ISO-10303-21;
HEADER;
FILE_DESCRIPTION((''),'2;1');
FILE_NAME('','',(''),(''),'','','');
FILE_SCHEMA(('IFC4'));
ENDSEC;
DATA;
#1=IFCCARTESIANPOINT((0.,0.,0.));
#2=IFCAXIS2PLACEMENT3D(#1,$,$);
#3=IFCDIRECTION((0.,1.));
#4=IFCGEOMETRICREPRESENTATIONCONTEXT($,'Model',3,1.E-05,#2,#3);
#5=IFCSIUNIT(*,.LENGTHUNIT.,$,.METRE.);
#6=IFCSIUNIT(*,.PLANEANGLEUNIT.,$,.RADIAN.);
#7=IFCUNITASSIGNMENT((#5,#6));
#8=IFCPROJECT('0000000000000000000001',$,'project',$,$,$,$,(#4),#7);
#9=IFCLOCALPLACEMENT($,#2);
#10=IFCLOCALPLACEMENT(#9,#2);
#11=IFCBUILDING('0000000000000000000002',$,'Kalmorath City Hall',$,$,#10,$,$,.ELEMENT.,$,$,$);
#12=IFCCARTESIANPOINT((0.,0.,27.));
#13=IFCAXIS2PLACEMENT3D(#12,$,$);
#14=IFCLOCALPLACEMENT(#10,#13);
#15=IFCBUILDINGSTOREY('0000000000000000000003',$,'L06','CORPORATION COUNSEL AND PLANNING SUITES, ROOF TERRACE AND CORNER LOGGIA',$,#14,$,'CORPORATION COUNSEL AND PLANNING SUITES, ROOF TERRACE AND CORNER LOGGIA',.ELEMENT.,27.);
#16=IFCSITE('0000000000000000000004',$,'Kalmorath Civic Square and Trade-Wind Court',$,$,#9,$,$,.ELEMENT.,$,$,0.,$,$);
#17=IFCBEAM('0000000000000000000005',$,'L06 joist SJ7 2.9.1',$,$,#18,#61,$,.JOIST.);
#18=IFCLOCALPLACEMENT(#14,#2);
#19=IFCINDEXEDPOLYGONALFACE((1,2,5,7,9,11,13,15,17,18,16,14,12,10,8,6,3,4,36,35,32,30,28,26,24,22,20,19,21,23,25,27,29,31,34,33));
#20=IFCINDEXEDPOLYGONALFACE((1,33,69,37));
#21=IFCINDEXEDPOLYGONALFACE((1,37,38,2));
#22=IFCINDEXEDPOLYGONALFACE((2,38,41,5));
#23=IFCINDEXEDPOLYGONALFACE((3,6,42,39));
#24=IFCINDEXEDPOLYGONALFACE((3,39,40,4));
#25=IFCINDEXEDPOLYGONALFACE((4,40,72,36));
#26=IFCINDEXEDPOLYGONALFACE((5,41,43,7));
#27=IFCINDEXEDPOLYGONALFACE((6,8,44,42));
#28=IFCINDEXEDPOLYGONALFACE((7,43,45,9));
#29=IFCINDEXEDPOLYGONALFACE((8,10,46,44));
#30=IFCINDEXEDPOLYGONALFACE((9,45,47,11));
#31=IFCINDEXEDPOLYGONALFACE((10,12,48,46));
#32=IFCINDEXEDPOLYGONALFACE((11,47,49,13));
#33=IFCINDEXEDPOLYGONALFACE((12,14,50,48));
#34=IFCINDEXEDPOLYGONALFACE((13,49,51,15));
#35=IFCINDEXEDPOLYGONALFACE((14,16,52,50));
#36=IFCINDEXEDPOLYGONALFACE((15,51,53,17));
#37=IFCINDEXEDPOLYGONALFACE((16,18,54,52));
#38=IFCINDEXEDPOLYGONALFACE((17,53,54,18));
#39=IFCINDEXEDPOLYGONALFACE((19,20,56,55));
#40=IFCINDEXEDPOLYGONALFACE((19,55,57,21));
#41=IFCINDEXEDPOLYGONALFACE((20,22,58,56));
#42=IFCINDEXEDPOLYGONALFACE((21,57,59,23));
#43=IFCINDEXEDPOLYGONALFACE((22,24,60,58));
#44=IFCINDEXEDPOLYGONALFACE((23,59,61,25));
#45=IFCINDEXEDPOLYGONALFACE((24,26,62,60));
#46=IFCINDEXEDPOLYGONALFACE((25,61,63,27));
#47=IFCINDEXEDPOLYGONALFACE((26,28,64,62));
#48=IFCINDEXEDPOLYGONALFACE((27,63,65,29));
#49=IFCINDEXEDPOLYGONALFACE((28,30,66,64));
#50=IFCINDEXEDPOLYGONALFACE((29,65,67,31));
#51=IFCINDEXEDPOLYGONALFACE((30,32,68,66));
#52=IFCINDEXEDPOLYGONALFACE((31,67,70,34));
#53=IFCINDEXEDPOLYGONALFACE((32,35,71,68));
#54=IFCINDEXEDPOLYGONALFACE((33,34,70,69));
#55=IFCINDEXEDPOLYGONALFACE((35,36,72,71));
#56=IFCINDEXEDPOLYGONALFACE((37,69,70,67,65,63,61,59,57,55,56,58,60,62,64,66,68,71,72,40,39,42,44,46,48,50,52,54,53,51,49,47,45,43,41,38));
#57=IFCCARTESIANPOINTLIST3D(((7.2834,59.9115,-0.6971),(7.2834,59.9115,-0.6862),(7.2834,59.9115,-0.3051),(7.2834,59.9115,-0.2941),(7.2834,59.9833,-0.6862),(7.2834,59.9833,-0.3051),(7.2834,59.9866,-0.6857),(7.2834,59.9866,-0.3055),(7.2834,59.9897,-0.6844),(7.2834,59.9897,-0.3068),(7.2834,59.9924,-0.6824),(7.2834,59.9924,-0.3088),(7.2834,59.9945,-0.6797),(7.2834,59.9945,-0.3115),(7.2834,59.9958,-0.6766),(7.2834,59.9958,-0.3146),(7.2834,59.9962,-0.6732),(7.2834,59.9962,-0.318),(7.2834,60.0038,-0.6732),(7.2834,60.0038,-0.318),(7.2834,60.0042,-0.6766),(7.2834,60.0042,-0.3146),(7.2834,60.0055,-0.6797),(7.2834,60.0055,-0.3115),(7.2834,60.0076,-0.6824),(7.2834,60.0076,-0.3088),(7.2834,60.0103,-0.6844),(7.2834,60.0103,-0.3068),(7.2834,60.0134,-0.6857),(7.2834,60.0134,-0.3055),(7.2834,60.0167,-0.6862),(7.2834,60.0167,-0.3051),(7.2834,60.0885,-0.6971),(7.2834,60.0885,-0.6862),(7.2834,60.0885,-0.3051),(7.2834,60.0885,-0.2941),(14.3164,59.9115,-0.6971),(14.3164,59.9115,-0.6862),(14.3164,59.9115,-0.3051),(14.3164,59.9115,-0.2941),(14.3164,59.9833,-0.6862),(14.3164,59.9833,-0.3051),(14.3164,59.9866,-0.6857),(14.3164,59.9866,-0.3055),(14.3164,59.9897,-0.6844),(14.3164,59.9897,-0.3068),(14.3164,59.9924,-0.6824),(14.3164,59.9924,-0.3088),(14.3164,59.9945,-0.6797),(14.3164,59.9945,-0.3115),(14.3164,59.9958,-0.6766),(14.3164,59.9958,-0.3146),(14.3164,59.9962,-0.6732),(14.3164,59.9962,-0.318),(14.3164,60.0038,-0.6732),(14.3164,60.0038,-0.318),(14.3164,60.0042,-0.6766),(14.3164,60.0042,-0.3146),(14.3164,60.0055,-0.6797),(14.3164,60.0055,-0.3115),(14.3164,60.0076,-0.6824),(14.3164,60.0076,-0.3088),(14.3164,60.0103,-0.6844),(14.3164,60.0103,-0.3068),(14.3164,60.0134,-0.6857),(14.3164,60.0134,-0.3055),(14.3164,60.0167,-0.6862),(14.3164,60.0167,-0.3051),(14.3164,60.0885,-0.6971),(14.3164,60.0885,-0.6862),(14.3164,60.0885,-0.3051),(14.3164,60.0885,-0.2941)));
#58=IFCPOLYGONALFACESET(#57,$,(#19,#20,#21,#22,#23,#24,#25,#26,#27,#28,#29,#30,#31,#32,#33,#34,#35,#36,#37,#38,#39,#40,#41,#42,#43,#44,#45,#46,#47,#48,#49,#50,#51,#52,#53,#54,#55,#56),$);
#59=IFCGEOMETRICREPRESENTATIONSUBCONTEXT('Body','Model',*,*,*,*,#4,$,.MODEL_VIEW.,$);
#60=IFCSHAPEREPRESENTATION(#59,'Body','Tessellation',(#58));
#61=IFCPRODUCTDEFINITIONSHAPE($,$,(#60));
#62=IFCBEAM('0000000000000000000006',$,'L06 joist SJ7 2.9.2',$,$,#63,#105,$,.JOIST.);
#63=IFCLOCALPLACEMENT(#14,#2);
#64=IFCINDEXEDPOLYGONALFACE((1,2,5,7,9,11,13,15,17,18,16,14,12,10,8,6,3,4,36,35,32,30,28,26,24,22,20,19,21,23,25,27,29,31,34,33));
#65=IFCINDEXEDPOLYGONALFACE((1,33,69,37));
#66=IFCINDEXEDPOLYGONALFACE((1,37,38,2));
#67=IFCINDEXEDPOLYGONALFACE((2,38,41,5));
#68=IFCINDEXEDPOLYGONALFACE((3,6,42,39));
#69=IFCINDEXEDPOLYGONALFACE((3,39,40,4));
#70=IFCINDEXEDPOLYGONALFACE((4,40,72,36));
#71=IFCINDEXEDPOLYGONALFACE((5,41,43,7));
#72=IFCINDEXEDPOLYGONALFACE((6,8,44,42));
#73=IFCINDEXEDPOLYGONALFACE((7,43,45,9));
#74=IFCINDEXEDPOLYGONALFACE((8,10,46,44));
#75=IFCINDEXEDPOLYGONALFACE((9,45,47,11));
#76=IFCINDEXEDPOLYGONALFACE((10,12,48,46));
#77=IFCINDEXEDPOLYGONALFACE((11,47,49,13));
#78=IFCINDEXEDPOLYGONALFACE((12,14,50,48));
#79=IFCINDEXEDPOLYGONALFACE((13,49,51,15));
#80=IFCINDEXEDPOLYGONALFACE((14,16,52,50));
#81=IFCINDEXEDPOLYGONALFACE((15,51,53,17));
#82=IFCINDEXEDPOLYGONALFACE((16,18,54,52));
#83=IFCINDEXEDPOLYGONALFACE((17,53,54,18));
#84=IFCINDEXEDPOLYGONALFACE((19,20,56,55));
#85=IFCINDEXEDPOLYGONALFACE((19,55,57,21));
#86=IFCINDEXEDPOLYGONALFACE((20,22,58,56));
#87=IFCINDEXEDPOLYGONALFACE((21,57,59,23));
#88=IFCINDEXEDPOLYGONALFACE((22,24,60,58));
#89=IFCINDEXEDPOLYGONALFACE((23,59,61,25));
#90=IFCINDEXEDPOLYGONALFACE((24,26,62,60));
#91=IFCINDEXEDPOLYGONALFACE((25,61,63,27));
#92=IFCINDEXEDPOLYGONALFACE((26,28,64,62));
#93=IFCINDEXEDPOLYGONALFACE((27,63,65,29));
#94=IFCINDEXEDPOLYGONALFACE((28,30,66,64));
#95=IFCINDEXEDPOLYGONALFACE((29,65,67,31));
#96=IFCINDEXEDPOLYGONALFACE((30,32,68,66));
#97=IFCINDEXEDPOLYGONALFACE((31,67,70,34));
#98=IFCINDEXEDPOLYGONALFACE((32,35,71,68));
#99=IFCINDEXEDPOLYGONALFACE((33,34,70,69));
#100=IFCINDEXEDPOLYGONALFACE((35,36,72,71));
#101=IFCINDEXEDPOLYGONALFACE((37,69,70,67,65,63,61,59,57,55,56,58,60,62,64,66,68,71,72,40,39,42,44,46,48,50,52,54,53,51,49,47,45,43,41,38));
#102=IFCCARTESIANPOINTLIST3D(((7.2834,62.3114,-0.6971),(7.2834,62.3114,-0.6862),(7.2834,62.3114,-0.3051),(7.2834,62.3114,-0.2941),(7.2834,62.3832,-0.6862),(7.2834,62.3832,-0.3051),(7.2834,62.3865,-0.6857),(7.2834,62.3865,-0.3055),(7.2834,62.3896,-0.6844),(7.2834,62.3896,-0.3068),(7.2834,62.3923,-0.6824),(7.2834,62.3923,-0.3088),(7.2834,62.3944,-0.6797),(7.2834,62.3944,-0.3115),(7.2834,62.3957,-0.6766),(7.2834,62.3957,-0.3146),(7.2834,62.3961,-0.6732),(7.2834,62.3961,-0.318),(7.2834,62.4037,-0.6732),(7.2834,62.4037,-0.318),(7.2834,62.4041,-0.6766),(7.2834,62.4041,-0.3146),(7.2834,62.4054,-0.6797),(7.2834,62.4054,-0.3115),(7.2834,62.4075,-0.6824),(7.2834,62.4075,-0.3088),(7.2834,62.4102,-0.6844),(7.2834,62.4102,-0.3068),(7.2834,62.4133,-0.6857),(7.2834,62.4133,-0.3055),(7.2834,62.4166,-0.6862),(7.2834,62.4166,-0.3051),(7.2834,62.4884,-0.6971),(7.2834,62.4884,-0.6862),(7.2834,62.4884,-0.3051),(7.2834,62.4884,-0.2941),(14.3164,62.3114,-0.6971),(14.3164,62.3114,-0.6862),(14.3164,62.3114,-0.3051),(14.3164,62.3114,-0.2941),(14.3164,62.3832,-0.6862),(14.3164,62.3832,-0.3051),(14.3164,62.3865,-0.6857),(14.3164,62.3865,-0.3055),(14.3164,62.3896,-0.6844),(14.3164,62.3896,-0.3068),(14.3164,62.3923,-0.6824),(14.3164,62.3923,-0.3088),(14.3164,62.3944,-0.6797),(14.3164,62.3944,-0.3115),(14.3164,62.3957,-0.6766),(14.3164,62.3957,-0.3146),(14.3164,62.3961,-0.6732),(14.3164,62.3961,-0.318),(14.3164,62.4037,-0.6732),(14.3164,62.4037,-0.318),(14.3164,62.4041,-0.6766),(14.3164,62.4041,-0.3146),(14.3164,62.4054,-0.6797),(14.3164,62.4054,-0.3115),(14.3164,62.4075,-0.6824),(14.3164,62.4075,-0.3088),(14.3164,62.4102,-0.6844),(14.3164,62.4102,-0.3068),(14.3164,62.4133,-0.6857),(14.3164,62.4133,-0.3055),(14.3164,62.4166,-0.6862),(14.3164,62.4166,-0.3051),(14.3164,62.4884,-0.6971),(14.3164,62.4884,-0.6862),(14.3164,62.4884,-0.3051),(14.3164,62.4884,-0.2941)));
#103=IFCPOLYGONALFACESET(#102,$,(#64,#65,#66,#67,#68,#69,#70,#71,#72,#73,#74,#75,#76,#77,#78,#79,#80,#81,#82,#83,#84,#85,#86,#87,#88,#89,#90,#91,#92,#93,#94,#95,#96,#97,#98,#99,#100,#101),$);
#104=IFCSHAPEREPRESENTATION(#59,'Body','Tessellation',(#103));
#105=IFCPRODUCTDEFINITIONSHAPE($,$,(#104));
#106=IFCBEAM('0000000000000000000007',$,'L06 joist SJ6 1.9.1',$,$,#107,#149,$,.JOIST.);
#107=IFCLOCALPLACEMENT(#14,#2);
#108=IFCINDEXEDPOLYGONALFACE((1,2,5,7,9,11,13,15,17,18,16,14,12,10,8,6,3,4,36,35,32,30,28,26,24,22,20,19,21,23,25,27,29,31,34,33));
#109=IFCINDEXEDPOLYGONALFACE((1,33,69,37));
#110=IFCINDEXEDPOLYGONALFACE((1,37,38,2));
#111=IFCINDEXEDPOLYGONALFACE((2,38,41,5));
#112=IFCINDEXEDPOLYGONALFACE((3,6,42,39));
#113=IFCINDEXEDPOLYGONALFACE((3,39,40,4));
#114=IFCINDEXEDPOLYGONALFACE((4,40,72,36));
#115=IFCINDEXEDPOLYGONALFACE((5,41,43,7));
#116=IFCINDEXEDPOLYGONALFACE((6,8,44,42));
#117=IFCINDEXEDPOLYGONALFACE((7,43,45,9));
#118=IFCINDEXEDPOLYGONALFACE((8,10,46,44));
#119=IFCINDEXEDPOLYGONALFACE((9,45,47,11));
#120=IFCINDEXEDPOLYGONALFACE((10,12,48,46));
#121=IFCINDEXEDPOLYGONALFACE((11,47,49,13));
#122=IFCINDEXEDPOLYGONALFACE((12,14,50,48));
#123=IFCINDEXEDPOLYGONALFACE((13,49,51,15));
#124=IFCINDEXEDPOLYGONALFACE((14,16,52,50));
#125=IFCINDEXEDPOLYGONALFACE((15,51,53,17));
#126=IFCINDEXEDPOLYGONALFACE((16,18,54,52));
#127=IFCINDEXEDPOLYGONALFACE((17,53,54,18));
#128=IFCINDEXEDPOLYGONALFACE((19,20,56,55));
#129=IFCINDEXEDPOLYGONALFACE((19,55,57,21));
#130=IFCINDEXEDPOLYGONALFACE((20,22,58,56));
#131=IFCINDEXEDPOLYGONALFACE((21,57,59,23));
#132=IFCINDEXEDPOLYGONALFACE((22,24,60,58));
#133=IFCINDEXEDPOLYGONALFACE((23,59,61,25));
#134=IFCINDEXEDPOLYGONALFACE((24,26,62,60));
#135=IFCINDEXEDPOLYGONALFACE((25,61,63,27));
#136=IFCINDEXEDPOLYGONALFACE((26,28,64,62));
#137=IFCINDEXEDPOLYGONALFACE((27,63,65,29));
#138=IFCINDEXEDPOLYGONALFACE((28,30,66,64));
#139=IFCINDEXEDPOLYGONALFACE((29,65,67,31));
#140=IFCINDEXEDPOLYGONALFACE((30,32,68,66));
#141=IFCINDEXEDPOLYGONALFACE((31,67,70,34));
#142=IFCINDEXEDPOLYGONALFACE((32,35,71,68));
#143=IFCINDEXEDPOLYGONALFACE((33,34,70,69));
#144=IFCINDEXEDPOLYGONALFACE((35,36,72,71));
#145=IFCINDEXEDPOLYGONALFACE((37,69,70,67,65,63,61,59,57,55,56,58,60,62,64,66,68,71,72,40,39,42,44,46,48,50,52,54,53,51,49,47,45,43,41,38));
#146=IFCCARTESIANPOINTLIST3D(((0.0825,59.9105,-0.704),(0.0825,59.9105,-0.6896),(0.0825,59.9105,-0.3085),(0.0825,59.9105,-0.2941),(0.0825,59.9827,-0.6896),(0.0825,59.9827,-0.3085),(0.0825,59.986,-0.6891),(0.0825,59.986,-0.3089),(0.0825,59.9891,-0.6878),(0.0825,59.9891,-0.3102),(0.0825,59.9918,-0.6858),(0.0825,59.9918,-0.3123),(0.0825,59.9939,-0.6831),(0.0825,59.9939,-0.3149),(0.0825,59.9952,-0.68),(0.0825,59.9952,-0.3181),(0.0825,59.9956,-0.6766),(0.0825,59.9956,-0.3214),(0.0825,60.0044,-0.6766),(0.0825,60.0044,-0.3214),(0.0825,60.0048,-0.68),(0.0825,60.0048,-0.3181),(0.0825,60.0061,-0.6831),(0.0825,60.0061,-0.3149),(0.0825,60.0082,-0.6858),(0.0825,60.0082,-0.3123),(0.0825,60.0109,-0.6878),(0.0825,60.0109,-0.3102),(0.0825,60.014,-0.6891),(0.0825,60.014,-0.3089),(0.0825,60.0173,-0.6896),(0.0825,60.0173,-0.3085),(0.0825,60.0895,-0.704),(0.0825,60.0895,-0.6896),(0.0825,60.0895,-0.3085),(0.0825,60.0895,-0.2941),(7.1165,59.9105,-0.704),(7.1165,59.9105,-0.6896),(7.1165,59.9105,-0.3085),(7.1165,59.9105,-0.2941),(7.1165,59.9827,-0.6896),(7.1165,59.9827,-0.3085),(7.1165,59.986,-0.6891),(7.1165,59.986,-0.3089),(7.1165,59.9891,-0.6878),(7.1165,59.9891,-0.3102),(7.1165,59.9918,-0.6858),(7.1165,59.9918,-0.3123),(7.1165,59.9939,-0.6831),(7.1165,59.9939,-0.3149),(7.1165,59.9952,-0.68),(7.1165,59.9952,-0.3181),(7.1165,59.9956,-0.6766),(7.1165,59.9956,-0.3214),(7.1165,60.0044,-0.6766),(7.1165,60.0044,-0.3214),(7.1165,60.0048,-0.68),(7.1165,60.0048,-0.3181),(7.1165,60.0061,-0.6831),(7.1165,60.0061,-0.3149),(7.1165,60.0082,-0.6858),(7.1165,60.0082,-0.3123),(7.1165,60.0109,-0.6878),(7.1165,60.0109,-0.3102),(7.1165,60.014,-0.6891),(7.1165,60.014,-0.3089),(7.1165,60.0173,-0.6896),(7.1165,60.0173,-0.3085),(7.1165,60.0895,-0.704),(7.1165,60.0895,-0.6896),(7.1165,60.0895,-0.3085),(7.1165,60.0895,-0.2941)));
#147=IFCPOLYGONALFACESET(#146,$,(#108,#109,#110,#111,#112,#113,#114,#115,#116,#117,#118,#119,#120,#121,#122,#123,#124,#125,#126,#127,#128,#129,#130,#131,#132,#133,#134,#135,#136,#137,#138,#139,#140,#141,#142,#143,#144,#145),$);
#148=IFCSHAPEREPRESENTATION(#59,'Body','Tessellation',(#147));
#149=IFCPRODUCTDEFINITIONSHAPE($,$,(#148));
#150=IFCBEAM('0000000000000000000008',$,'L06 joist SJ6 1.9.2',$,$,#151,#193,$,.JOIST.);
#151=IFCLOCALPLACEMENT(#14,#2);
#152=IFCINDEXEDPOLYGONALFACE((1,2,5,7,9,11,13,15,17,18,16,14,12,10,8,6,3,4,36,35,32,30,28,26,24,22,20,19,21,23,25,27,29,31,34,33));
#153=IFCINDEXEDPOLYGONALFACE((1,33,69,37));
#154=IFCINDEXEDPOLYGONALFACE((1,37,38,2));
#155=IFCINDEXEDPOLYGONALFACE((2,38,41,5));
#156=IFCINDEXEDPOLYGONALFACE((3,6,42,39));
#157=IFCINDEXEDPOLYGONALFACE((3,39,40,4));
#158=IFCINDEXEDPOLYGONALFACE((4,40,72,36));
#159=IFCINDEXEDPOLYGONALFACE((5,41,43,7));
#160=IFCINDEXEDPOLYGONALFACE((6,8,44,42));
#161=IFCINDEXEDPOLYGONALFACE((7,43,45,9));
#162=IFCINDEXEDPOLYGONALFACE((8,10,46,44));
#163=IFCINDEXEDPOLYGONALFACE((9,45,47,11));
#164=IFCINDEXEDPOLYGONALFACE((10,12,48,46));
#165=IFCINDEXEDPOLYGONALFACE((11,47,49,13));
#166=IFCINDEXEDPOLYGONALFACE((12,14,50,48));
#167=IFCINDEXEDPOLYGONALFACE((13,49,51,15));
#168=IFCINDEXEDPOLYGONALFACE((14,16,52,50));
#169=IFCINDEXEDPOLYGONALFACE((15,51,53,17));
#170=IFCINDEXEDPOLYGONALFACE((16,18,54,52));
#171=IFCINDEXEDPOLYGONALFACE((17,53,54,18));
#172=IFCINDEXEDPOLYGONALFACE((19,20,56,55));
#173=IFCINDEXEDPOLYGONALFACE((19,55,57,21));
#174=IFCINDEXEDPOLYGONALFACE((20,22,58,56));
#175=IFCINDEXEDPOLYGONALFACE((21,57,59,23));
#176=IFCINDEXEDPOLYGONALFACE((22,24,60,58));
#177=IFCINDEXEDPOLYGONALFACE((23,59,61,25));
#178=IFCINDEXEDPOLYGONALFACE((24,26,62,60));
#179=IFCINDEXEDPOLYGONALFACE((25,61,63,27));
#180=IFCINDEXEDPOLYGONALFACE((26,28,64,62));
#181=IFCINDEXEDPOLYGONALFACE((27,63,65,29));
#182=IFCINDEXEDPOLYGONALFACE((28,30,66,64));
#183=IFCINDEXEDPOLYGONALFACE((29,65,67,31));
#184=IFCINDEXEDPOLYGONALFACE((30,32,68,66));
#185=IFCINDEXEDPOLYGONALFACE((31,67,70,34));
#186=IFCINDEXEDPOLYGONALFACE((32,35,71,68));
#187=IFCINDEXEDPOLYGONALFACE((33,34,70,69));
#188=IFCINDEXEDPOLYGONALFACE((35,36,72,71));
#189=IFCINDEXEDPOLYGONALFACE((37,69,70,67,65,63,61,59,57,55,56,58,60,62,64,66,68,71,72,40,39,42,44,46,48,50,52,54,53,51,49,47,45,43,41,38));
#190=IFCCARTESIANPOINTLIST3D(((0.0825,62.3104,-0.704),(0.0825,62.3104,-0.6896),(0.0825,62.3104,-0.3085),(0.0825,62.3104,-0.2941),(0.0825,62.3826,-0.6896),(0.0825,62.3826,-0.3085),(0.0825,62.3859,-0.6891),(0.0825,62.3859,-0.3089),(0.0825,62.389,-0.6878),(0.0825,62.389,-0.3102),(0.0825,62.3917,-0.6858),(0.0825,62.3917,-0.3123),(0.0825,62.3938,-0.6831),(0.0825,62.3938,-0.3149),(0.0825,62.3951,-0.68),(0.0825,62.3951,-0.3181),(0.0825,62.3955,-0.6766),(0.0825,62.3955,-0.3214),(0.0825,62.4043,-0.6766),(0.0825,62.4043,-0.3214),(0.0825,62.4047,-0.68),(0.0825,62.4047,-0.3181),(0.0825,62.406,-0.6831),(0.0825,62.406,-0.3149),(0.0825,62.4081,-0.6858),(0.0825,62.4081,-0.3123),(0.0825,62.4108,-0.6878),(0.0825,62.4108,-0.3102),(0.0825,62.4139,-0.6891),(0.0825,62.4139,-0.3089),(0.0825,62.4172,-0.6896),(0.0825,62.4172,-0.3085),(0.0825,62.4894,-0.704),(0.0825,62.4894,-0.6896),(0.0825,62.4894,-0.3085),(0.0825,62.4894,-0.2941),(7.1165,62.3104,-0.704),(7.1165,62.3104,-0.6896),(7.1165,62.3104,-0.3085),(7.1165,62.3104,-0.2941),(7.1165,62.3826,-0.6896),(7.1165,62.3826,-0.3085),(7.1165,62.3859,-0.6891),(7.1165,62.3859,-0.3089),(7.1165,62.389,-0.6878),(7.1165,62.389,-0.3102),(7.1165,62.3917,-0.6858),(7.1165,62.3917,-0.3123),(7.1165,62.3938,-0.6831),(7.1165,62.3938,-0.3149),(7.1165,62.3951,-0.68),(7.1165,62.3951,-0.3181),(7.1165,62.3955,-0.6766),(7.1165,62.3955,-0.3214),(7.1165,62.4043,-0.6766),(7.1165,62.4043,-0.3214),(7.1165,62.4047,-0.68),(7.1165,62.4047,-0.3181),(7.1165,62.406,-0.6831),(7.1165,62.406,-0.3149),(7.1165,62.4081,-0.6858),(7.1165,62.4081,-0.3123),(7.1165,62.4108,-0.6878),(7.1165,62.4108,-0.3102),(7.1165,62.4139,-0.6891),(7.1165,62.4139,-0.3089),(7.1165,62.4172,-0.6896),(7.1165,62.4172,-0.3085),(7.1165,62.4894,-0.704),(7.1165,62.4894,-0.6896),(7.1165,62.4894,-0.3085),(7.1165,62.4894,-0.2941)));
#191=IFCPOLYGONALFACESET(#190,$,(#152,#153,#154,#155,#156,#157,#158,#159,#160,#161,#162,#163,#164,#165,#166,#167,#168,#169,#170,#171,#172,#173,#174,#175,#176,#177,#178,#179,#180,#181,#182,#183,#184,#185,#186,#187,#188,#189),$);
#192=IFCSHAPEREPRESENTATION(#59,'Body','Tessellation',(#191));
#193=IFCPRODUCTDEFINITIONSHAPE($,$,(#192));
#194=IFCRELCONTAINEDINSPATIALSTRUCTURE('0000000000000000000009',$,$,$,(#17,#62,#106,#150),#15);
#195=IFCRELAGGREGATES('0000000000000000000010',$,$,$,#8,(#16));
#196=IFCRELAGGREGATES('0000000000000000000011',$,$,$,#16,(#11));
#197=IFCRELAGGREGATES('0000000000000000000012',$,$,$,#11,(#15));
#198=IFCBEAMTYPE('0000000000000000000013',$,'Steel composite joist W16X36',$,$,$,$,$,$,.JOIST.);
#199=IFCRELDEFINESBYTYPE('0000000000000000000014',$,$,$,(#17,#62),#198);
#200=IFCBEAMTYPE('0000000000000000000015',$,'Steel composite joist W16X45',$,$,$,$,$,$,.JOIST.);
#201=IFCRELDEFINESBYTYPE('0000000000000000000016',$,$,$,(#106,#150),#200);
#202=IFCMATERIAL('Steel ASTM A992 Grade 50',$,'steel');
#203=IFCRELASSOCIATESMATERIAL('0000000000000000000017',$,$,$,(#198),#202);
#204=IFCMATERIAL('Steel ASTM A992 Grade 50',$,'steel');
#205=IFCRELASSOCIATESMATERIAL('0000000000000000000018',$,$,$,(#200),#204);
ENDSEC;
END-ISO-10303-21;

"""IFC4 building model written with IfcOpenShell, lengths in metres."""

from ifc_helpers import new_model, si_unit, direction, frame, origin, origin_2d, place, context, subcontext, project, spatial, i_section, extrude, material, material_profile, profile_set, type_object, element, save


model = new_model("IFC4")

# Units and contexts
model_context = context("Model", 3, precision=1e-05, world=origin(), true_north=direction((0.0, 1.0)))
body_context = subcontext(model_context, "Body", "Model", "MODEL_VIEW")
ifc_project = project(units=[si_unit("LENGTHUNIT", "METRE"), si_unit("PLANEANGLEUNIT", "RADIAN")], contexts=[model_context])

# Site, building, storey
site_placement = place(None, origin())
site = spatial("IfcSite", under=ifc_project, at=site_placement, Name="Kalmorath Civic Square and Trade-Wind Court", CompositionType="ELEMENT", RefElevation=0.0)
building_placement = place(site_placement, origin())
building = spatial("IfcBuilding", under=site, at=building_placement, Name="Kalmorath City Hall", CompositionType="ELEMENT")
storey_placement = place(building_placement, frame((0.0, 0.0, 27.0)))
storey = spatial("IfcBuildingStorey", under=building, at=storey_placement, Name="L06", Description="CORPORATION COUNSEL AND PLANNING SUITES, ROOF TERRACE AND CORNER LOGGIA", LongName="CORPORATION COUNSEL AND PLANNING SUITES, ROOF TERRACE AND CORNER LOGGIA", CompositionType="ELEMENT", Elevation=27.0)

# Beams
ifc_material_1 = material(Name="Steel ASTM A992 Grade 50", Category="steel")
ifc_material_profile_1 = material_profile(ifc_material_1, i_section(OverallWidth=0.177, OverallDepth=0.4031, WebThickness=0.0076, FlangeThickness=0.011, FilletRadius=0.0129, at=origin_2d()), Name="W16X36")
ifc_profile_set_1 = profile_set([ifc_material_profile_1], Name="Steel ASTM A992 Grade 50")
beam_type_1 = type_object("IfcBeamType", Name="Steel composite joist W16X36", PredefinedType="JOIST", material=ifc_profile_set_1)
for number, where, z_axis, x_axis, name in (
    (1, (7.2834, 60.0, -0.4956), (1.0, 0.0, 0.0), (0.0, 1.0, 0.0), "L06 joist SJ7 2.9.1"),
    (2, (7.2834, 62.3999, -0.4956), (1.0, 0.0, 0.0), (0.0, 1.0, 0.0), "L06 joist SJ7 2.9.2"),
):
    element("IfcBeam", number, at=place(storey_placement, frame(where, z_axis=z_axis, x_axis=x_axis)), inside=storey, type_object=beam_type_1, Name=name, PredefinedType="JOIST", context=body_context, shape_type="SweptSolid", body=[
        extrude(i_section(OverallWidth=0.177, OverallDepth=0.4031, WebThickness=0.0076, FlangeThickness=0.011, FilletRadius=0.0129, at=origin_2d()), origin(), (0.0, 0.0, 1.0), 7.033),
    ])
ifc_material_2 = material(Name="Steel ASTM A992 Grade 50", Category="steel")
ifc_material_profile_2 = material_profile(ifc_material_2, i_section(OverallWidth=0.179, OverallDepth=0.4099, WebThickness=0.0088, FlangeThickness=0.0144, FilletRadius=0.0129, at=origin_2d()), Name="W16X45")
ifc_profile_set_2 = profile_set([ifc_material_profile_2], Name="Steel ASTM A992 Grade 50")
beam_type_2 = type_object("IfcBeamType", Name="Steel composite joist W16X45", PredefinedType="JOIST", material=ifc_profile_set_2)
for number, where, z_axis, x_axis, name in (
    (3, (0.0825, 60.0, -0.499), (1.0, 0.0, 0.0), (0.0, 1.0, 0.0), "L06 joist SJ6 1.9.1"),
    (4, (0.0825, 62.3999, -0.499), (1.0, 0.0, 0.0), (0.0, 1.0, 0.0), "L06 joist SJ6 1.9.2"),
):
    element("IfcBeam", number, at=place(storey_placement, frame(where, z_axis=z_axis, x_axis=x_axis)), inside=storey, type_object=beam_type_2, Name=name, PredefinedType="JOIST", context=body_context, shape_type="SweptSolid", body=[
        extrude(i_section(OverallWidth=0.179, OverallDepth=0.4099, WebThickness=0.0088, FlangeThickness=0.0144, FilletRadius=0.0129, at=origin_2d()), origin(), (0.0, 0.0, 1.0), 7.0339),
    ])

save(model, "model.ifc")
